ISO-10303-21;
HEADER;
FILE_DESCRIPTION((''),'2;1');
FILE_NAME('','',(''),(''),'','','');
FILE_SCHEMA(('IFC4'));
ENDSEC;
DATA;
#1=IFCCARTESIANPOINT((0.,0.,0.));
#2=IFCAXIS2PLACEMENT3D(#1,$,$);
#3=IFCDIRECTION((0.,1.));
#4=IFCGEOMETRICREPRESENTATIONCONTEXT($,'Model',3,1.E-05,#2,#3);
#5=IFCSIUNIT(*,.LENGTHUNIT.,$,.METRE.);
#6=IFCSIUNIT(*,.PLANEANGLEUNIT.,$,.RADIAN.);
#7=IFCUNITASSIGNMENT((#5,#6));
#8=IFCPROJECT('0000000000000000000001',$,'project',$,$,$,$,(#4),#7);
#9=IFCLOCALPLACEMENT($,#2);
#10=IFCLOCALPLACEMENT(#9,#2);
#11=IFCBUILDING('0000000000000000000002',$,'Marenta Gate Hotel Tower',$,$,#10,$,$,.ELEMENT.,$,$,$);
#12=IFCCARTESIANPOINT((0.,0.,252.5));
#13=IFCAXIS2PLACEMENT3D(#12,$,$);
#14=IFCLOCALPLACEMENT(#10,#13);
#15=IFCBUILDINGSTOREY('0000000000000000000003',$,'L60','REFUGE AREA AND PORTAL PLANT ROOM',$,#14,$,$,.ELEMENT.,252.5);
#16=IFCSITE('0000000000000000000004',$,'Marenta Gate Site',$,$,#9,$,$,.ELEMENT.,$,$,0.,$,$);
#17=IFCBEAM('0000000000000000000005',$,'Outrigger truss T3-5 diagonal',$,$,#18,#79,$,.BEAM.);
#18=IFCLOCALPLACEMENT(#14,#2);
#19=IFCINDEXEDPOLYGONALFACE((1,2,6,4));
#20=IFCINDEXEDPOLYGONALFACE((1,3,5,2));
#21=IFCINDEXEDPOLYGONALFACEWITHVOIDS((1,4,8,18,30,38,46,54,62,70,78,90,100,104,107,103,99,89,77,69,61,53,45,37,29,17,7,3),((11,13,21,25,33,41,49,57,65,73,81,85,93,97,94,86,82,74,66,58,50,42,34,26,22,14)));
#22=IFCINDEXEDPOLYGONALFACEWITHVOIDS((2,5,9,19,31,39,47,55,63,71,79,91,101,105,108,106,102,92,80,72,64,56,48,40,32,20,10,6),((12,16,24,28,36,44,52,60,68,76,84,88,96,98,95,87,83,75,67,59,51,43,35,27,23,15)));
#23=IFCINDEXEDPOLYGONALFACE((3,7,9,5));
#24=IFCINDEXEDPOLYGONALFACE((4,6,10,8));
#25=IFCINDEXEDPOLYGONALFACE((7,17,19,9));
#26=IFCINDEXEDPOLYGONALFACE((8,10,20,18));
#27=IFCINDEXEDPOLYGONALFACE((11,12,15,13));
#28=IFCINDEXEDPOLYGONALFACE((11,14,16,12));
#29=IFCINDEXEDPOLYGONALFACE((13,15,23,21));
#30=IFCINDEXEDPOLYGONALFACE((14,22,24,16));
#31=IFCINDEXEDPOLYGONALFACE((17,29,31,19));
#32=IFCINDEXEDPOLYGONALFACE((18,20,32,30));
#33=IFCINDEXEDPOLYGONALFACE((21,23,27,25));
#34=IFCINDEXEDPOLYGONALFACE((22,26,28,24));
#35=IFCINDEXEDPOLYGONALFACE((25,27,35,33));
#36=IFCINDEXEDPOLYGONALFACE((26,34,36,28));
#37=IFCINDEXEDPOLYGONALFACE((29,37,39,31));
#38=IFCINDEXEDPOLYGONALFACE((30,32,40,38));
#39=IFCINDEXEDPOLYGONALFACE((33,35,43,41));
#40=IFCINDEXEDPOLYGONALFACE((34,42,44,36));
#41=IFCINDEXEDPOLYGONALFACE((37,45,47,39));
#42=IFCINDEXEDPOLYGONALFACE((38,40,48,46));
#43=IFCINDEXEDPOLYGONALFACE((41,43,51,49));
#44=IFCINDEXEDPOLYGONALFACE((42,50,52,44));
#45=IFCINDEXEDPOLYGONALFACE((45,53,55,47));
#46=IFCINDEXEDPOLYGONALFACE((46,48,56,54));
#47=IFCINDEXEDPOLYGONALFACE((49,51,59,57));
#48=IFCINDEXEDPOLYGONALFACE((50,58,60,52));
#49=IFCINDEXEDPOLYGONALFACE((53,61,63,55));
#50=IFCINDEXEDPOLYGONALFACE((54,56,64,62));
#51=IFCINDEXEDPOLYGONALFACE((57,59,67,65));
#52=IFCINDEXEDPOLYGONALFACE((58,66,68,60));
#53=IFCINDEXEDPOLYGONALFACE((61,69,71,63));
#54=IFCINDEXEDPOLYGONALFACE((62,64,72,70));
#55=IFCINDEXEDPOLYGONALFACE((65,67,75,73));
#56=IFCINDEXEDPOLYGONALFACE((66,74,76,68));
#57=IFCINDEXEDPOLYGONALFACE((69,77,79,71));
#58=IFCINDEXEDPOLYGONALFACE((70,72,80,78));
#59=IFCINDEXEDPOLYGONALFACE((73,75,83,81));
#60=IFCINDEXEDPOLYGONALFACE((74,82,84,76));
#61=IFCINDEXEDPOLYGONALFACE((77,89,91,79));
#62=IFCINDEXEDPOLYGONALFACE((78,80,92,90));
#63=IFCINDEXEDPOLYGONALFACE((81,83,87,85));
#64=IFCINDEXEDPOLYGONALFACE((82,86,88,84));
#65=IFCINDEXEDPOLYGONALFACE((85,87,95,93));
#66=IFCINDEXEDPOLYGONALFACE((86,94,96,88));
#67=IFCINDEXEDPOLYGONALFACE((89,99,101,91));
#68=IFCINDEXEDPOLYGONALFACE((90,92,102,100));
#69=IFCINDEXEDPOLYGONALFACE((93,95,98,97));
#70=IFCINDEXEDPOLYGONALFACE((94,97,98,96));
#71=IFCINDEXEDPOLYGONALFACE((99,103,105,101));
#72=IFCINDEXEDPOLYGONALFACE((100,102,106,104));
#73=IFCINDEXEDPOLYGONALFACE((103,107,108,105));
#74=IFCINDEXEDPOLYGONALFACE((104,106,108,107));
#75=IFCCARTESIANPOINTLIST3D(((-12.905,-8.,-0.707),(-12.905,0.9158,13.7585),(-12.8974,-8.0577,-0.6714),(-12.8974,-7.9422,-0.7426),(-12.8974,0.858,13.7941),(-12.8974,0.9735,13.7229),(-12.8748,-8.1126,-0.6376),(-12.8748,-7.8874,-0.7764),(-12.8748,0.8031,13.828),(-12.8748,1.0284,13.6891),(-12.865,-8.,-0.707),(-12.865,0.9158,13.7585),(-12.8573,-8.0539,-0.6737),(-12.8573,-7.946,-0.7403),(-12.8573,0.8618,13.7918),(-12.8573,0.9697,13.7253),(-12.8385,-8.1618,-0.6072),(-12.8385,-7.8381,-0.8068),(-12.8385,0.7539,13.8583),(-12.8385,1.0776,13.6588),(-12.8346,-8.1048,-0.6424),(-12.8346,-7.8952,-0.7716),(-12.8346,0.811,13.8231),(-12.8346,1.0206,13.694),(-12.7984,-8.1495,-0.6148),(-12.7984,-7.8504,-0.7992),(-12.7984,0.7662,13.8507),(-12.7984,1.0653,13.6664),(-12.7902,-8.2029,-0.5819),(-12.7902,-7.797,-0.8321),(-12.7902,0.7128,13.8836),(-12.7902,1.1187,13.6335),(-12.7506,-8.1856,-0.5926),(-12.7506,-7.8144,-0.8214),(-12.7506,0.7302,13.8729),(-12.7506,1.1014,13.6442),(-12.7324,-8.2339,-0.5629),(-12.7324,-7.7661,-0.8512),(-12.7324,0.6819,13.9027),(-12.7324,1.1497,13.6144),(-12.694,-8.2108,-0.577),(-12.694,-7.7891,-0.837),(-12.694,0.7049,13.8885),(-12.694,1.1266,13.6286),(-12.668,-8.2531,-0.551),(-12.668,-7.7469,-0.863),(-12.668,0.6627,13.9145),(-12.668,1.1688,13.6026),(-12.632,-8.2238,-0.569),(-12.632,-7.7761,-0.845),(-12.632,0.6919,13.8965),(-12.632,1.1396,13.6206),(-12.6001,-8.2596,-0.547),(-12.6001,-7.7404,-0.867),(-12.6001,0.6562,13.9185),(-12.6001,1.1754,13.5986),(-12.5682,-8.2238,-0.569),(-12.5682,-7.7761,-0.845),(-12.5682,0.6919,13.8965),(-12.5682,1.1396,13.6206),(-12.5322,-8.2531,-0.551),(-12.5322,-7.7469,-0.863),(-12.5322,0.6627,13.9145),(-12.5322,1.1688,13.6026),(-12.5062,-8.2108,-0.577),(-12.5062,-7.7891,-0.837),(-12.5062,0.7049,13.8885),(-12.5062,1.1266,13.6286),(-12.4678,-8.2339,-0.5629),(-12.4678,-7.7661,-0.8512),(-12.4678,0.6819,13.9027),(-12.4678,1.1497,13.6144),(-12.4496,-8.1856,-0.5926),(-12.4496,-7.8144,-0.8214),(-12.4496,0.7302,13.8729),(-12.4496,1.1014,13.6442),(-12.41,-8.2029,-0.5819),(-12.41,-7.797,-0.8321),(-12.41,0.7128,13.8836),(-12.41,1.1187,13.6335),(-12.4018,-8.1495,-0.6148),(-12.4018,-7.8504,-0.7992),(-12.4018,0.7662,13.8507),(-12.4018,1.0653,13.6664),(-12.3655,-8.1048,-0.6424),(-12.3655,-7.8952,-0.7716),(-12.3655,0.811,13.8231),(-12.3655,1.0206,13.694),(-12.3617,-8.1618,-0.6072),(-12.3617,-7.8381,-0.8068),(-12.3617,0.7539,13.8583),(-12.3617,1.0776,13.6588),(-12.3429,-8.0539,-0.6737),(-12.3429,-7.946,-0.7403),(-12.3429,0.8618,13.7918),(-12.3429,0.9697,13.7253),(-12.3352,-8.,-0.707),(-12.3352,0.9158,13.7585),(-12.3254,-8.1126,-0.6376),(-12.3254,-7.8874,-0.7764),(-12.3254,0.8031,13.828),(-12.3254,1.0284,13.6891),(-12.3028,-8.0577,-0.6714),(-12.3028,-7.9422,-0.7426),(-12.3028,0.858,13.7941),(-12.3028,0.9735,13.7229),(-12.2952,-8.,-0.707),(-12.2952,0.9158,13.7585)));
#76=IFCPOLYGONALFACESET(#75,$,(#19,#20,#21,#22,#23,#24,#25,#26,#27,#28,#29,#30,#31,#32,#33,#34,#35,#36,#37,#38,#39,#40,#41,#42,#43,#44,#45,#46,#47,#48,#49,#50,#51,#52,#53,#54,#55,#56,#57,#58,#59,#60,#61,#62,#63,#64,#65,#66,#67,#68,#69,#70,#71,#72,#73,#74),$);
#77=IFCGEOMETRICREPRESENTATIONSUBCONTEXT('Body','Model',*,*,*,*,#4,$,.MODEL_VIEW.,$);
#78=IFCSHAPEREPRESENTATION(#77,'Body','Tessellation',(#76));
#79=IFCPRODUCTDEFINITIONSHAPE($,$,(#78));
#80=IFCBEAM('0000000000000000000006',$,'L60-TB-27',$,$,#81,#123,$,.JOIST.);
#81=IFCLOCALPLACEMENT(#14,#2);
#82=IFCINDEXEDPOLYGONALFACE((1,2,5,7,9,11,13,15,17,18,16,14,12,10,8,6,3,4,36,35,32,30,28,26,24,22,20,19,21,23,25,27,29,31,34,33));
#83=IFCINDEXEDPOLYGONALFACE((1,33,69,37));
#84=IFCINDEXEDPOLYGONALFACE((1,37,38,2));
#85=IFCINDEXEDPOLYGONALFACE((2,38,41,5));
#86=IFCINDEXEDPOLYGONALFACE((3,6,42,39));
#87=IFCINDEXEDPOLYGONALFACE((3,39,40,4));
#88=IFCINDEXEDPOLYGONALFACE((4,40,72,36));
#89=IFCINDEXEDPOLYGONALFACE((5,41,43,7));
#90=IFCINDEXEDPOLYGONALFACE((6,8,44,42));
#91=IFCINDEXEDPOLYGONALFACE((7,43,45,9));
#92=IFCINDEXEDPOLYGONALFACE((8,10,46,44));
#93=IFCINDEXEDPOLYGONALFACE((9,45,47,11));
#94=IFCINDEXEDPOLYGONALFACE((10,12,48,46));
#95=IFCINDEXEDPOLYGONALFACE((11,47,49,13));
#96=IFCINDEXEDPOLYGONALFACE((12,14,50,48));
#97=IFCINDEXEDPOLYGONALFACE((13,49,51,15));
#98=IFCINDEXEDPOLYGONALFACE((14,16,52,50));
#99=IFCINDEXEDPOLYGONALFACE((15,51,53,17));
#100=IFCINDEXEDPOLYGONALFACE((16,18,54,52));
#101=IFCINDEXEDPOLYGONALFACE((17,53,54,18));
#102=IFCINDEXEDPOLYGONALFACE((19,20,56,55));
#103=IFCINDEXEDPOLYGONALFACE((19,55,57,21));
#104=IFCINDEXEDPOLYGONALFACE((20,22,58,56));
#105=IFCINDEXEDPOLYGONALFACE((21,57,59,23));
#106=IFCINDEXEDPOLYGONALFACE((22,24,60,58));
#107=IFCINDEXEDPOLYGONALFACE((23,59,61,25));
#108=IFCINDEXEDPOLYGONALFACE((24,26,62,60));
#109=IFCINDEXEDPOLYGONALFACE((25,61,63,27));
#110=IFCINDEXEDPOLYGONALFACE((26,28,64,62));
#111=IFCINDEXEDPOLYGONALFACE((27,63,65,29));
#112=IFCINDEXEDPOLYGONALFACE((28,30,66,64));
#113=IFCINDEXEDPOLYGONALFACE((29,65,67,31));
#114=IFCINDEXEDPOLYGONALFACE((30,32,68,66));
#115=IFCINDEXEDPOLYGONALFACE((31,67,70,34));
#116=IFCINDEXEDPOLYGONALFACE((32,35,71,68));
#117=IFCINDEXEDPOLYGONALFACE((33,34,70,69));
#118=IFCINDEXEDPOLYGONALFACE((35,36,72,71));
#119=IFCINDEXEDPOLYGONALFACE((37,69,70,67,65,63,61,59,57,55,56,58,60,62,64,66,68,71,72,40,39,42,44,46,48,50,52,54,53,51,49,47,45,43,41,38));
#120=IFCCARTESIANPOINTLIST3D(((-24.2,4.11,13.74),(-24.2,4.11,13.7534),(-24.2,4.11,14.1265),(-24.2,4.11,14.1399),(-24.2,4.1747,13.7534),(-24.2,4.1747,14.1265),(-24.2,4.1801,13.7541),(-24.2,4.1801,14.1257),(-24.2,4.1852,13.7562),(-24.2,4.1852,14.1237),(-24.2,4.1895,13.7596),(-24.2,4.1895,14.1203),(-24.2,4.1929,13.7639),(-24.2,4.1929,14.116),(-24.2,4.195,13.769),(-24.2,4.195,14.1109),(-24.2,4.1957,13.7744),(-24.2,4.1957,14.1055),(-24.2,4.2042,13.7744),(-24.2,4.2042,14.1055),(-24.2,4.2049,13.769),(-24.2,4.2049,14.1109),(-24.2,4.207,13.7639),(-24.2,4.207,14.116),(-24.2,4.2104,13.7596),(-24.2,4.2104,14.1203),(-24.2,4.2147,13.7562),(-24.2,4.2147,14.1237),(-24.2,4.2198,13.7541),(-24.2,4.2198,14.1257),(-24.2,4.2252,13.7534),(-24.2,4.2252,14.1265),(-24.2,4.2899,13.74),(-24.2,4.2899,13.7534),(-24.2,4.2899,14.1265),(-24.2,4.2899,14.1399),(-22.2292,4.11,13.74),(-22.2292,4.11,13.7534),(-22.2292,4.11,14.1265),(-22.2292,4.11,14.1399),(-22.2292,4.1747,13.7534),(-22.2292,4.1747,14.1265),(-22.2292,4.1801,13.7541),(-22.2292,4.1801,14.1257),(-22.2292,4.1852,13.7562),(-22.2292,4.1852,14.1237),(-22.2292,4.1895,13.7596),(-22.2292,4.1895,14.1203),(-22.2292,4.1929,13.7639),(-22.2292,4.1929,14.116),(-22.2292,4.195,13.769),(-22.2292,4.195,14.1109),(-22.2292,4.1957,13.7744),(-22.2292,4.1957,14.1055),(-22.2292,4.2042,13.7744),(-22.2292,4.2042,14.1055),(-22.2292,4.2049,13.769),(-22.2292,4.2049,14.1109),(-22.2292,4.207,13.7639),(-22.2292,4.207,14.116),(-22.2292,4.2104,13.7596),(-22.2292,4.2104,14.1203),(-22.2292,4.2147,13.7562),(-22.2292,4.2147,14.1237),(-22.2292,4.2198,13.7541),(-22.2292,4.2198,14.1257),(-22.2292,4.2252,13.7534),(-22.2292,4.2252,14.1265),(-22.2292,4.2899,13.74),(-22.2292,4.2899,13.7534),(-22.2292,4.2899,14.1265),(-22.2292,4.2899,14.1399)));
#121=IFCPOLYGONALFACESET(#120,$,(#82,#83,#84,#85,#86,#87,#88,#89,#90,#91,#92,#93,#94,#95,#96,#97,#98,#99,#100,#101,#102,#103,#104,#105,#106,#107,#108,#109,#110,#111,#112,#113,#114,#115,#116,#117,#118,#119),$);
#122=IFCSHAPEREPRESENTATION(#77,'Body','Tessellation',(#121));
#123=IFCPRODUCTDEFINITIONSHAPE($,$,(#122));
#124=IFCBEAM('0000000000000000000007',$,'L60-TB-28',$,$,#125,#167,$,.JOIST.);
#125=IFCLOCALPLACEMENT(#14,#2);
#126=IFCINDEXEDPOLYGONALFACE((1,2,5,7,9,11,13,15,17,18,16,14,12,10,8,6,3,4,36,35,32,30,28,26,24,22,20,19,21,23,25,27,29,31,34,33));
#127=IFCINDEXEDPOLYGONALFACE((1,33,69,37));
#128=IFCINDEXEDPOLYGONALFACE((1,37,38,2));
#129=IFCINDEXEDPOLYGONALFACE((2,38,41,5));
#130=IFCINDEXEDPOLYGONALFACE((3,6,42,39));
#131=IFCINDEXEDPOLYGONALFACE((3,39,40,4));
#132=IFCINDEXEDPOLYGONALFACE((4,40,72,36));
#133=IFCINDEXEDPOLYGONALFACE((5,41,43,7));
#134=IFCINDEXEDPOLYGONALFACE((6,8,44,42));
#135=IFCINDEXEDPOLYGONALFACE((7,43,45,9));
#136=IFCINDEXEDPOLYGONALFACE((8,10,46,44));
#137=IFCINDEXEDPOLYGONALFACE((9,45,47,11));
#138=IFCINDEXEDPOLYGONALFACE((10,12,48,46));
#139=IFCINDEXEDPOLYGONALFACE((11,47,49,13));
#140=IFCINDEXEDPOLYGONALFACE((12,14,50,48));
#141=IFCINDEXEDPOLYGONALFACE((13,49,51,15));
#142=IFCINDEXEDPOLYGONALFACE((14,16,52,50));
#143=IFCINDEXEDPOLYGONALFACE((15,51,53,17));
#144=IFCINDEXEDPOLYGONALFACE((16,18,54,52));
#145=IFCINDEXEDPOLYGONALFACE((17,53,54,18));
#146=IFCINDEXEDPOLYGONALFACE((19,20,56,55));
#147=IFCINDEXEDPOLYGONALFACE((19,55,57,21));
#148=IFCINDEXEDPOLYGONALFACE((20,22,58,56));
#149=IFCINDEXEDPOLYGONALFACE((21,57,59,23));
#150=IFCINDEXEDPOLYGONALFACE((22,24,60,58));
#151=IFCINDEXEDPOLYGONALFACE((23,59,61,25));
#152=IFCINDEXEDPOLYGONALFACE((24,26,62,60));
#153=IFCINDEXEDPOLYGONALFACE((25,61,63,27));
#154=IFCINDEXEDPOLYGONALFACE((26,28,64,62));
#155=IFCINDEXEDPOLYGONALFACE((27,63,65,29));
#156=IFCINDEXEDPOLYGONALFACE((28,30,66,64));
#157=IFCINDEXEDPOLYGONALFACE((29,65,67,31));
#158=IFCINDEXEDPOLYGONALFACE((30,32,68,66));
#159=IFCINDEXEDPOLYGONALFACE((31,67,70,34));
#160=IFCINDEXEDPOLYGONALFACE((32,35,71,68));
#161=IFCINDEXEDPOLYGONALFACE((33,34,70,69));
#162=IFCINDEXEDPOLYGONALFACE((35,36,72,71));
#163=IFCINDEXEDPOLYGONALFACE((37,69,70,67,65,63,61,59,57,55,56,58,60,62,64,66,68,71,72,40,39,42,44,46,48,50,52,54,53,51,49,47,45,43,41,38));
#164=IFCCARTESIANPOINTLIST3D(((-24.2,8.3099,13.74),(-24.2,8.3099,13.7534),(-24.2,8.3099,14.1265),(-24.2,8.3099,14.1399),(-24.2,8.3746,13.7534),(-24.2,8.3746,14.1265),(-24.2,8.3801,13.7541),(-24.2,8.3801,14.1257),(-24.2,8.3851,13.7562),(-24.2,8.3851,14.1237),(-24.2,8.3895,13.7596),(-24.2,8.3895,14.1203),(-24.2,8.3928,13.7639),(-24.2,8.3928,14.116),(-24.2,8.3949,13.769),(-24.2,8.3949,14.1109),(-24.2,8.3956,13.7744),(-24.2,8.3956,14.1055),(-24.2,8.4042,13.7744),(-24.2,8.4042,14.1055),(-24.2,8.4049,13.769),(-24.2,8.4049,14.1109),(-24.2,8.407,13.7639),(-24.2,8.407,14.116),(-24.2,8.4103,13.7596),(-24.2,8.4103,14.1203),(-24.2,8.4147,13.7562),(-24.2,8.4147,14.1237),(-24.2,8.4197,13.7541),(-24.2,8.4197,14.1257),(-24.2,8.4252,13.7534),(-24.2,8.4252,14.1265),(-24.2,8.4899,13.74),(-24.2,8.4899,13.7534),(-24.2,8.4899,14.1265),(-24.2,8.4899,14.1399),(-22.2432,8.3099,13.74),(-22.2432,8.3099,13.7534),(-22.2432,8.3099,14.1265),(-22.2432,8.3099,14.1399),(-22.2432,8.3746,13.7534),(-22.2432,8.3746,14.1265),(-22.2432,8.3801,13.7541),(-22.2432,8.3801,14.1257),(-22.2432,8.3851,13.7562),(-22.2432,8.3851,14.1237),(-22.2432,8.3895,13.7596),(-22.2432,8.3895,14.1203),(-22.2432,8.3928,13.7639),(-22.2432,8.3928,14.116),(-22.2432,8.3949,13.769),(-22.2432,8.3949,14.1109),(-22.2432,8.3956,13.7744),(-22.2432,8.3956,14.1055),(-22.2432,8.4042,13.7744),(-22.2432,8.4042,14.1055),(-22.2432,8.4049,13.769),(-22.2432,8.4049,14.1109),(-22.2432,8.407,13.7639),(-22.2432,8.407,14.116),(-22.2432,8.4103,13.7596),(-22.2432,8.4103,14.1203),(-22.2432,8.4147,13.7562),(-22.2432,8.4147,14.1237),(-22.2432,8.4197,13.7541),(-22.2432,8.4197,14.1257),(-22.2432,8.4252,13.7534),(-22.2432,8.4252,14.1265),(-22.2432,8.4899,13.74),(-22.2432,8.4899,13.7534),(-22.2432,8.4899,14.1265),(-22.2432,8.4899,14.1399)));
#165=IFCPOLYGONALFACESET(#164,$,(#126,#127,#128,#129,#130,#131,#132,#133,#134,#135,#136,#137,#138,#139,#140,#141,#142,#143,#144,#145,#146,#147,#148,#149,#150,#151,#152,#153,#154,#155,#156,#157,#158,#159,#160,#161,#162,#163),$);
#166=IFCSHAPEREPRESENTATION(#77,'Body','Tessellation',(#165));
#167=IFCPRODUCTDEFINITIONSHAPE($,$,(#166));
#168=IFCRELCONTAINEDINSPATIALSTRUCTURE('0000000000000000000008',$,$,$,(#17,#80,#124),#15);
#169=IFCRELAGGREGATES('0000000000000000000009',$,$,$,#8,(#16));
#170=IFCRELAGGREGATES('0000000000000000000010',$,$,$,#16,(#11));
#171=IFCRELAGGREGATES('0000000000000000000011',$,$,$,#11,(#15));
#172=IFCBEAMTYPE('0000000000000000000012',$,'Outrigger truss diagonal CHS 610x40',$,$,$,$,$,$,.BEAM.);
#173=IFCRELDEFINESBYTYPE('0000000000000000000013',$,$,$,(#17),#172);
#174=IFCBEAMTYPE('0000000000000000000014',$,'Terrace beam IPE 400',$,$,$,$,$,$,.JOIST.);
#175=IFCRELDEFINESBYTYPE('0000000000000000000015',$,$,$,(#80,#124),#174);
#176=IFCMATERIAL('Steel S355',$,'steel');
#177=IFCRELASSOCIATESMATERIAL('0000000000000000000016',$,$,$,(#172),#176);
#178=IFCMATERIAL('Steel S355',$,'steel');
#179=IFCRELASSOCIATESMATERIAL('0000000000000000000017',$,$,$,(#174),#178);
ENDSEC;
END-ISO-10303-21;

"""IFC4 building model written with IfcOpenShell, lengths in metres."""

from ifc_helpers import new_model, si_unit, direction, frame, origin, origin_2d, place, context, subcontext, project, spatial, hollow_circle, i_section, extrude, material, material_profile, profile_set, type_object, element, save


model = new_model("IFC4")

# Units and contexts
model_context = context("Model", 3, precision=1e-05, world=origin(), true_north=direction((0.0, 1.0)))
body_context = subcontext(model_context, "Body", "Model", "MODEL_VIEW")
ifc_project = project(units=[si_unit("LENGTHUNIT", "METRE"), si_unit("PLANEANGLEUNIT", "RADIAN")], contexts=[model_context])

# Site, building, storey
site_placement = place(None, origin())
site = spatial("IfcSite", under=ifc_project, at=site_placement, Name="Marenta Gate Site", CompositionType="ELEMENT", RefElevation=0.0)
building_placement = place(site_placement, origin())
building = spatial("IfcBuilding", under=site, at=building_placement, Name="Marenta Gate Hotel Tower", CompositionType="ELEMENT")
storey_placement = place(building_placement, frame((0.0, 0.0, 252.5)))
storey = spatial("IfcBuildingStorey", under=building, at=storey_placement, Name="L60", Description="REFUGE AREA AND PORTAL PLANT ROOM", CompositionType="ELEMENT", Elevation=252.5)

# Beams
ifc_material_1 = material(Name="Steel S355", Category="steel")
ifc_material_profile_1 = material_profile(ifc_material_1, hollow_circle(Radius=0.3049, WallThickness=0.04, at=origin_2d()), Name="CHS 610x40")
ifc_profile_set_1 = profile_set([ifc_material_profile_1], Name="Steel S355")
beam_type_1 = type_object("IfcBeamType", Name="Outrigger truss diagonal CHS 610x40", PredefinedType="BEAM", material=ifc_profile_set_1)
beam_1_placement = place(storey_placement, frame((-12.6001, 0.9158, 13.7585), z_axis=(0.0, -0.52469, -0.851294), x_axis=(1.0, 0.0, 0.0)))
element("IfcBeam", 1, at=beam_1_placement, inside=storey, type_object=beam_type_1, Name="Outrigger truss T3-5 diagonal", PredefinedType="BEAM", context=body_context, shape_type="SweptSolid", body=[
    extrude(hollow_circle(Radius=0.3049, WallThickness=0.04, at=origin_2d()), origin(), (0.0, 0.0, 1.0), 16.9924),
])
ifc_material_2 = material(Name="Steel S355", Category="steel")
ifc_material_profile_2 = material_profile(ifc_material_2, i_section(OverallWidth=0.1799, OverallDepth=0.3999, WebThickness=0.0085, FlangeThickness=0.0134, FilletRadius=0.021, at=origin_2d()), Name="IPE 400")
ifc_profile_set_2 = profile_set([ifc_material_profile_2], Name="Steel S355")
beam_type_2 = type_object("IfcBeamType", Name="Terrace beam IPE 400", PredefinedType="JOIST", material=ifc_profile_set_2)
beam_2_placement = place(storey_placement, frame((-24.2, 4.2, 13.9399), z_axis=(1.0, 0.0, 0.0), x_axis=(0.0, 1.0, 0.0)))
element("IfcBeam", 2, at=beam_2_placement, inside=storey, type_object=beam_type_2, Name="L60-TB-27", PredefinedType="JOIST", context=body_context, shape_type="SweptSolid", body=[
    extrude(i_section(OverallWidth=0.1799, OverallDepth=0.3999, WebThickness=0.0085, FlangeThickness=0.0134, FilletRadius=0.021, at=origin_2d()), origin(), (0.0, 0.0, 1.0), 1.9707),
])
beam_3_placement = place(storey_placement, frame((-24.2, 8.3999, 13.9399), z_axis=(1.0, 0.0, 0.0), x_axis=(0.0, 1.0, 0.0)))
element("IfcBeam", 3, at=beam_3_placement, inside=storey, type_object=beam_type_2, Name="L60-TB-28", PredefinedType="JOIST", context=body_context, shape_type="SweptSolid", body=[
    extrude(i_section(OverallWidth=0.1799, OverallDepth=0.3999, WebThickness=0.0085, FlangeThickness=0.0134, FilletRadius=0.021, at=origin_2d()), origin(), (0.0, 0.0, 1.0), 1.9568),
])

save(model, "model.ifc")
